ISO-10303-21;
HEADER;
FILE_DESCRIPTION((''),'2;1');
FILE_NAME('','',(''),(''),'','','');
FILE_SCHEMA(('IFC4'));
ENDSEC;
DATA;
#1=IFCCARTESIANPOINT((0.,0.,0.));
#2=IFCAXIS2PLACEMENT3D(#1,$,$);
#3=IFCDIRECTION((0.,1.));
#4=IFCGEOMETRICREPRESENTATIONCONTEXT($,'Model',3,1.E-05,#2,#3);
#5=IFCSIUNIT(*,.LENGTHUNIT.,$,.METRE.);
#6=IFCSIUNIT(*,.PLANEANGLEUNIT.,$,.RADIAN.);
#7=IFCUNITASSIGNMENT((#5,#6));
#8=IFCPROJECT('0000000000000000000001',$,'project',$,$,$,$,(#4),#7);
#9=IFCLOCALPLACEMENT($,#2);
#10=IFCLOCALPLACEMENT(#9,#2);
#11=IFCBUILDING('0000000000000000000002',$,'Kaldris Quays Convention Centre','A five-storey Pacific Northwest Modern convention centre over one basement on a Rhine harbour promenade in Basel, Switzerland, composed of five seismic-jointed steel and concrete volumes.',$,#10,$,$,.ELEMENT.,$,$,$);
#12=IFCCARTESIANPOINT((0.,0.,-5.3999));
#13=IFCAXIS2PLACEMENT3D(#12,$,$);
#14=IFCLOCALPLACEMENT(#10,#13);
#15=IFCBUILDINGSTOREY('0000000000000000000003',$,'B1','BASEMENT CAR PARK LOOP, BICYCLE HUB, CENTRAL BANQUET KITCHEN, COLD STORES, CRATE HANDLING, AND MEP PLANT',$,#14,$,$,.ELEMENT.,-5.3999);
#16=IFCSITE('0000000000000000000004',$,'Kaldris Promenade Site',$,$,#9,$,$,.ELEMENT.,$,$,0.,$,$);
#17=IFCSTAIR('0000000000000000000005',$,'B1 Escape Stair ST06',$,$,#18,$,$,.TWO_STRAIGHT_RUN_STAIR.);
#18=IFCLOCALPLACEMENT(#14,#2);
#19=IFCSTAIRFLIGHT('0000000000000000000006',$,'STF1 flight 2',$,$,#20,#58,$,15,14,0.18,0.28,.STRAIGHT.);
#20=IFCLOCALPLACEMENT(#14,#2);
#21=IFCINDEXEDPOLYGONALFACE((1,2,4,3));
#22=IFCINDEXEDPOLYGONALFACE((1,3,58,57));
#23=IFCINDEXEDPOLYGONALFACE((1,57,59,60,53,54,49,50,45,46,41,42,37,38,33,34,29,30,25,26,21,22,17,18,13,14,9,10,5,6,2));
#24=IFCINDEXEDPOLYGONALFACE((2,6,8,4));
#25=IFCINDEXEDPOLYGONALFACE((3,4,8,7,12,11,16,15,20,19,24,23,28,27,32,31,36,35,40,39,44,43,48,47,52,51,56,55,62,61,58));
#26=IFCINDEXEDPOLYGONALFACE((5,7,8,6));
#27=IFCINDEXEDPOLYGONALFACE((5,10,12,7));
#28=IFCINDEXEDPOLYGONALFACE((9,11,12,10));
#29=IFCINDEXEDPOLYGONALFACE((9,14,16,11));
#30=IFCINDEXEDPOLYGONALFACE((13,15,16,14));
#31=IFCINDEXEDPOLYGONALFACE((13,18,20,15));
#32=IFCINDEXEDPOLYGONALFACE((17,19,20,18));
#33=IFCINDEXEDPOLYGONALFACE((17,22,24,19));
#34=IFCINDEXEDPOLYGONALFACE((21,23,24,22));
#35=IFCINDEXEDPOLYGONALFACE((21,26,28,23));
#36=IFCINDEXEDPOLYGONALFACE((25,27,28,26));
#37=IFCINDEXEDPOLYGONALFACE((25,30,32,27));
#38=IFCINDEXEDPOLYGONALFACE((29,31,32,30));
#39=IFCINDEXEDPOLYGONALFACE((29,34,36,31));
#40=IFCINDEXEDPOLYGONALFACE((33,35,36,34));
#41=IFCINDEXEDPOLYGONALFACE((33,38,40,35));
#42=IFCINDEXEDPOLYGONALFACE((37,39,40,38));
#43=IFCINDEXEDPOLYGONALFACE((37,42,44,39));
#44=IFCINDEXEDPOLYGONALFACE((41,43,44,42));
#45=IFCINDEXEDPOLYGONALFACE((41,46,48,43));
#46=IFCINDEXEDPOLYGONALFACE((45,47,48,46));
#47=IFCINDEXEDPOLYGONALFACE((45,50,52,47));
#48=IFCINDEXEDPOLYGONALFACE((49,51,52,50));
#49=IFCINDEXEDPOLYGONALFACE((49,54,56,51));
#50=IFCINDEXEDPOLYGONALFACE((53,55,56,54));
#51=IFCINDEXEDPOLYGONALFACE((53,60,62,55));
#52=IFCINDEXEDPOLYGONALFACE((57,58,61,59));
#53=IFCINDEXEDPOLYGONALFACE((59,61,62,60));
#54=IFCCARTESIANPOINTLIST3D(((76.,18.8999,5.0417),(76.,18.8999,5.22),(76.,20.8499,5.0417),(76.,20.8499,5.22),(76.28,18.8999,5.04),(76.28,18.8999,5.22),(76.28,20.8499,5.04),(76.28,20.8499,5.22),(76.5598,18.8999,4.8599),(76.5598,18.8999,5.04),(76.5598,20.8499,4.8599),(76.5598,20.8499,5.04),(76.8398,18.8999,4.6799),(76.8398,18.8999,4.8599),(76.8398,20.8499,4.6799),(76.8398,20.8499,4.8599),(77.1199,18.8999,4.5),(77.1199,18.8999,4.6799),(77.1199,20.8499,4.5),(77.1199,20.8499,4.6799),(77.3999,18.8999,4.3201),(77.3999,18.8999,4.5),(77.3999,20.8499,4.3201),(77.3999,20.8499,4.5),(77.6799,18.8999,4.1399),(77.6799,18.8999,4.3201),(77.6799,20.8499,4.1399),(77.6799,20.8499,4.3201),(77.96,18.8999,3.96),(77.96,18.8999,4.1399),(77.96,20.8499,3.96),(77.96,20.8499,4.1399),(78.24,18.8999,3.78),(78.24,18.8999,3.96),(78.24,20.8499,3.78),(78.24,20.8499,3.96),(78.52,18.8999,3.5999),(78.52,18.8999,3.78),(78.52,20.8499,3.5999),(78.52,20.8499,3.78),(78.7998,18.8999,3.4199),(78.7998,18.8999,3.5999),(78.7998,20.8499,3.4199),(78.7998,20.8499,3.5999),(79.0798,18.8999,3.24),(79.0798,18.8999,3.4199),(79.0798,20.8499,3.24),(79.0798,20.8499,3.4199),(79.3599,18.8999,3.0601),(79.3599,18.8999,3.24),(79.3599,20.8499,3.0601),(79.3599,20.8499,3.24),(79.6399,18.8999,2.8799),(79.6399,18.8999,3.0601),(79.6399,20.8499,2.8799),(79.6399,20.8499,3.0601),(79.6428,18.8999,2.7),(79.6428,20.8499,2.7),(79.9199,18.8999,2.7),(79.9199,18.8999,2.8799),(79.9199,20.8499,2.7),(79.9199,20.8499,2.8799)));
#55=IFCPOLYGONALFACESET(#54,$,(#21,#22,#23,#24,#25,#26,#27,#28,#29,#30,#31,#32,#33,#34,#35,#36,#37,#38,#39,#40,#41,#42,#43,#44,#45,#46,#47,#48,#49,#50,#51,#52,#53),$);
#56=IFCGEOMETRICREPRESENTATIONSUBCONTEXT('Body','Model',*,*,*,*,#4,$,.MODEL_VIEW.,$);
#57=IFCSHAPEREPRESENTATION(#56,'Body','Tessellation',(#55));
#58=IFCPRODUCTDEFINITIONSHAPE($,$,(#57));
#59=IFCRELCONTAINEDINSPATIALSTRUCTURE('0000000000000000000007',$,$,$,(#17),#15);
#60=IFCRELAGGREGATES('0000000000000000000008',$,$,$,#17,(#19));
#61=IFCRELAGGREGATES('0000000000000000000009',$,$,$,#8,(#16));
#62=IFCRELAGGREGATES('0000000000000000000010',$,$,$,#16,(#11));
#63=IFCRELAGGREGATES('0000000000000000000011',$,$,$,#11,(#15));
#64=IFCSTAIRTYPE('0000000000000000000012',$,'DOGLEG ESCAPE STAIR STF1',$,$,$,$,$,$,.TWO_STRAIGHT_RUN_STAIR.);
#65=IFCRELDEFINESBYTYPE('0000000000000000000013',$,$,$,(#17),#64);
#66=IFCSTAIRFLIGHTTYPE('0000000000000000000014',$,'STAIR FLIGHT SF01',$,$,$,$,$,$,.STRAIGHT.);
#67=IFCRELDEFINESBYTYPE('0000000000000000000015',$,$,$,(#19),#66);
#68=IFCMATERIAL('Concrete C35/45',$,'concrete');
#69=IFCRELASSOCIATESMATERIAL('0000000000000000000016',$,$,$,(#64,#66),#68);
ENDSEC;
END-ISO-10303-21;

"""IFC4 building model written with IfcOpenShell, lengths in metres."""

from ifc_helpers import new_model, si_unit, direction, frame, origin, place, context, subcontext, project, spatial, polyline, outline, extrude, material, type_object, element, aggregate, save


model = new_model("IFC4")

# Units and contexts
model_context = context("Model", 3, precision=1e-05, world=origin(), true_north=direction((0.0, 1.0)))
body_context = subcontext(model_context, "Body", "Model", "MODEL_VIEW")
ifc_project = project(units=[si_unit("LENGTHUNIT", "METRE"), si_unit("PLANEANGLEUNIT", "RADIAN")], contexts=[model_context])

# Site, building, storey
site_placement = place(None, origin())
site = spatial("IfcSite", under=ifc_project, at=site_placement, Name="Kaldris Promenade Site", CompositionType="ELEMENT", RefElevation=0.0)
building_placement = place(site_placement, origin())
building = spatial("IfcBuilding", under=site, at=building_placement, Name="Kaldris Quays Convention Centre", Description="A five-storey Pacific Northwest Modern convention centre over one basement on a Rhine harbour promenade in Basel, Switzerland, composed of five seismic-jointed steel and concrete volumes.", CompositionType="ELEMENT")
storey_placement = place(building_placement, frame((0.0, 0.0, -5.3999)))
storey = spatial("IfcBuildingStorey", under=building, at=storey_placement, Name="B1", Description="BASEMENT CAR PARK LOOP, BICYCLE HUB, CENTRAL BANQUET KITCHEN, COLD STORES, CRATE HANDLING, AND MEP PLANT", CompositionType="ELEMENT", Elevation=-5.3999)

# Shared definitions
ifc_material_1 = material(Name="Concrete C35/45", Category="concrete")

# Stair, stair flight
stair_type = type_object("IfcStairType", Name="DOGLEG ESCAPE STAIR STF1", PredefinedType="TWO_STRAIGHT_RUN_STAIR", material=ifc_material_1)
stair_placement = place(storey_placement, origin())
stair = element("IfcStair", 1, at=stair_placement, inside=storey, type_object=stair_type, Name="B1 Escape Stair ST06", PredefinedType="TWO_STRAIGHT_RUN_STAIR")
stair_flight_type = type_object("IfcStairFlightType", Name="STAIR FLIGHT SF01", PredefinedType="STRAIGHT", material=ifc_material_1)
stair_flight_1_placement = place(storey_placement, frame((79.9199, 19.875, 2.7), z_axis=(0.0, 0.0, 1.0), x_axis=(-1.0, 0.0, 0.0)))
stair_flight_1 = element("IfcStairFlight", 2, at=stair_flight_1_placement, type_object=stair_flight_type, Name="STF1 flight 2", NumberOfRisers=15, NumberOfTreads=14, PredefinedType="STRAIGHT", RiserHeight=0.18, TreadLength=0.28, context=body_context, shape_type="SweptSolid", body=[
    extrude(outline(polyline([(0.0, 0.0), (0.0, 0.1799), (0.28, 0.1799), (0.28, 0.3601), (0.5601, 0.3601), (0.5601, 0.54), (0.8401, 0.54), (0.8401, 0.72), (1.1201, 0.72), (1.1201, 0.8999), (1.3999, 0.8999), (1.3999, 1.0801), (1.6799, 1.0801), (1.6799, 1.26), (1.96, 1.26), (1.96, 1.4399), (2.24, 1.4399), (2.24, 1.6201), (2.52, 1.6201), (2.52, 1.8), (2.8, 1.8), (2.8, 1.98), (3.0801, 1.98), (3.0801, 2.1599), (3.3601, 2.1599), (3.3601, 2.3401), (3.6399, 2.3401), (3.6399, 2.52), (3.9199, 2.52), (3.9199, 2.7), (3.9199, 2.3418), (0.2771, 0.0), (0.0, 0.0)])), frame((0.0, 0.9751, 0.0), z_axis=(0.0, -1.0, 0.0), x_axis=(1.0, 0.0, 0.0)), (0.0, 0.0, 1.0), 1.95),
])
aggregate(stair, [stair_flight_1])

save(model, "model.ifc")
